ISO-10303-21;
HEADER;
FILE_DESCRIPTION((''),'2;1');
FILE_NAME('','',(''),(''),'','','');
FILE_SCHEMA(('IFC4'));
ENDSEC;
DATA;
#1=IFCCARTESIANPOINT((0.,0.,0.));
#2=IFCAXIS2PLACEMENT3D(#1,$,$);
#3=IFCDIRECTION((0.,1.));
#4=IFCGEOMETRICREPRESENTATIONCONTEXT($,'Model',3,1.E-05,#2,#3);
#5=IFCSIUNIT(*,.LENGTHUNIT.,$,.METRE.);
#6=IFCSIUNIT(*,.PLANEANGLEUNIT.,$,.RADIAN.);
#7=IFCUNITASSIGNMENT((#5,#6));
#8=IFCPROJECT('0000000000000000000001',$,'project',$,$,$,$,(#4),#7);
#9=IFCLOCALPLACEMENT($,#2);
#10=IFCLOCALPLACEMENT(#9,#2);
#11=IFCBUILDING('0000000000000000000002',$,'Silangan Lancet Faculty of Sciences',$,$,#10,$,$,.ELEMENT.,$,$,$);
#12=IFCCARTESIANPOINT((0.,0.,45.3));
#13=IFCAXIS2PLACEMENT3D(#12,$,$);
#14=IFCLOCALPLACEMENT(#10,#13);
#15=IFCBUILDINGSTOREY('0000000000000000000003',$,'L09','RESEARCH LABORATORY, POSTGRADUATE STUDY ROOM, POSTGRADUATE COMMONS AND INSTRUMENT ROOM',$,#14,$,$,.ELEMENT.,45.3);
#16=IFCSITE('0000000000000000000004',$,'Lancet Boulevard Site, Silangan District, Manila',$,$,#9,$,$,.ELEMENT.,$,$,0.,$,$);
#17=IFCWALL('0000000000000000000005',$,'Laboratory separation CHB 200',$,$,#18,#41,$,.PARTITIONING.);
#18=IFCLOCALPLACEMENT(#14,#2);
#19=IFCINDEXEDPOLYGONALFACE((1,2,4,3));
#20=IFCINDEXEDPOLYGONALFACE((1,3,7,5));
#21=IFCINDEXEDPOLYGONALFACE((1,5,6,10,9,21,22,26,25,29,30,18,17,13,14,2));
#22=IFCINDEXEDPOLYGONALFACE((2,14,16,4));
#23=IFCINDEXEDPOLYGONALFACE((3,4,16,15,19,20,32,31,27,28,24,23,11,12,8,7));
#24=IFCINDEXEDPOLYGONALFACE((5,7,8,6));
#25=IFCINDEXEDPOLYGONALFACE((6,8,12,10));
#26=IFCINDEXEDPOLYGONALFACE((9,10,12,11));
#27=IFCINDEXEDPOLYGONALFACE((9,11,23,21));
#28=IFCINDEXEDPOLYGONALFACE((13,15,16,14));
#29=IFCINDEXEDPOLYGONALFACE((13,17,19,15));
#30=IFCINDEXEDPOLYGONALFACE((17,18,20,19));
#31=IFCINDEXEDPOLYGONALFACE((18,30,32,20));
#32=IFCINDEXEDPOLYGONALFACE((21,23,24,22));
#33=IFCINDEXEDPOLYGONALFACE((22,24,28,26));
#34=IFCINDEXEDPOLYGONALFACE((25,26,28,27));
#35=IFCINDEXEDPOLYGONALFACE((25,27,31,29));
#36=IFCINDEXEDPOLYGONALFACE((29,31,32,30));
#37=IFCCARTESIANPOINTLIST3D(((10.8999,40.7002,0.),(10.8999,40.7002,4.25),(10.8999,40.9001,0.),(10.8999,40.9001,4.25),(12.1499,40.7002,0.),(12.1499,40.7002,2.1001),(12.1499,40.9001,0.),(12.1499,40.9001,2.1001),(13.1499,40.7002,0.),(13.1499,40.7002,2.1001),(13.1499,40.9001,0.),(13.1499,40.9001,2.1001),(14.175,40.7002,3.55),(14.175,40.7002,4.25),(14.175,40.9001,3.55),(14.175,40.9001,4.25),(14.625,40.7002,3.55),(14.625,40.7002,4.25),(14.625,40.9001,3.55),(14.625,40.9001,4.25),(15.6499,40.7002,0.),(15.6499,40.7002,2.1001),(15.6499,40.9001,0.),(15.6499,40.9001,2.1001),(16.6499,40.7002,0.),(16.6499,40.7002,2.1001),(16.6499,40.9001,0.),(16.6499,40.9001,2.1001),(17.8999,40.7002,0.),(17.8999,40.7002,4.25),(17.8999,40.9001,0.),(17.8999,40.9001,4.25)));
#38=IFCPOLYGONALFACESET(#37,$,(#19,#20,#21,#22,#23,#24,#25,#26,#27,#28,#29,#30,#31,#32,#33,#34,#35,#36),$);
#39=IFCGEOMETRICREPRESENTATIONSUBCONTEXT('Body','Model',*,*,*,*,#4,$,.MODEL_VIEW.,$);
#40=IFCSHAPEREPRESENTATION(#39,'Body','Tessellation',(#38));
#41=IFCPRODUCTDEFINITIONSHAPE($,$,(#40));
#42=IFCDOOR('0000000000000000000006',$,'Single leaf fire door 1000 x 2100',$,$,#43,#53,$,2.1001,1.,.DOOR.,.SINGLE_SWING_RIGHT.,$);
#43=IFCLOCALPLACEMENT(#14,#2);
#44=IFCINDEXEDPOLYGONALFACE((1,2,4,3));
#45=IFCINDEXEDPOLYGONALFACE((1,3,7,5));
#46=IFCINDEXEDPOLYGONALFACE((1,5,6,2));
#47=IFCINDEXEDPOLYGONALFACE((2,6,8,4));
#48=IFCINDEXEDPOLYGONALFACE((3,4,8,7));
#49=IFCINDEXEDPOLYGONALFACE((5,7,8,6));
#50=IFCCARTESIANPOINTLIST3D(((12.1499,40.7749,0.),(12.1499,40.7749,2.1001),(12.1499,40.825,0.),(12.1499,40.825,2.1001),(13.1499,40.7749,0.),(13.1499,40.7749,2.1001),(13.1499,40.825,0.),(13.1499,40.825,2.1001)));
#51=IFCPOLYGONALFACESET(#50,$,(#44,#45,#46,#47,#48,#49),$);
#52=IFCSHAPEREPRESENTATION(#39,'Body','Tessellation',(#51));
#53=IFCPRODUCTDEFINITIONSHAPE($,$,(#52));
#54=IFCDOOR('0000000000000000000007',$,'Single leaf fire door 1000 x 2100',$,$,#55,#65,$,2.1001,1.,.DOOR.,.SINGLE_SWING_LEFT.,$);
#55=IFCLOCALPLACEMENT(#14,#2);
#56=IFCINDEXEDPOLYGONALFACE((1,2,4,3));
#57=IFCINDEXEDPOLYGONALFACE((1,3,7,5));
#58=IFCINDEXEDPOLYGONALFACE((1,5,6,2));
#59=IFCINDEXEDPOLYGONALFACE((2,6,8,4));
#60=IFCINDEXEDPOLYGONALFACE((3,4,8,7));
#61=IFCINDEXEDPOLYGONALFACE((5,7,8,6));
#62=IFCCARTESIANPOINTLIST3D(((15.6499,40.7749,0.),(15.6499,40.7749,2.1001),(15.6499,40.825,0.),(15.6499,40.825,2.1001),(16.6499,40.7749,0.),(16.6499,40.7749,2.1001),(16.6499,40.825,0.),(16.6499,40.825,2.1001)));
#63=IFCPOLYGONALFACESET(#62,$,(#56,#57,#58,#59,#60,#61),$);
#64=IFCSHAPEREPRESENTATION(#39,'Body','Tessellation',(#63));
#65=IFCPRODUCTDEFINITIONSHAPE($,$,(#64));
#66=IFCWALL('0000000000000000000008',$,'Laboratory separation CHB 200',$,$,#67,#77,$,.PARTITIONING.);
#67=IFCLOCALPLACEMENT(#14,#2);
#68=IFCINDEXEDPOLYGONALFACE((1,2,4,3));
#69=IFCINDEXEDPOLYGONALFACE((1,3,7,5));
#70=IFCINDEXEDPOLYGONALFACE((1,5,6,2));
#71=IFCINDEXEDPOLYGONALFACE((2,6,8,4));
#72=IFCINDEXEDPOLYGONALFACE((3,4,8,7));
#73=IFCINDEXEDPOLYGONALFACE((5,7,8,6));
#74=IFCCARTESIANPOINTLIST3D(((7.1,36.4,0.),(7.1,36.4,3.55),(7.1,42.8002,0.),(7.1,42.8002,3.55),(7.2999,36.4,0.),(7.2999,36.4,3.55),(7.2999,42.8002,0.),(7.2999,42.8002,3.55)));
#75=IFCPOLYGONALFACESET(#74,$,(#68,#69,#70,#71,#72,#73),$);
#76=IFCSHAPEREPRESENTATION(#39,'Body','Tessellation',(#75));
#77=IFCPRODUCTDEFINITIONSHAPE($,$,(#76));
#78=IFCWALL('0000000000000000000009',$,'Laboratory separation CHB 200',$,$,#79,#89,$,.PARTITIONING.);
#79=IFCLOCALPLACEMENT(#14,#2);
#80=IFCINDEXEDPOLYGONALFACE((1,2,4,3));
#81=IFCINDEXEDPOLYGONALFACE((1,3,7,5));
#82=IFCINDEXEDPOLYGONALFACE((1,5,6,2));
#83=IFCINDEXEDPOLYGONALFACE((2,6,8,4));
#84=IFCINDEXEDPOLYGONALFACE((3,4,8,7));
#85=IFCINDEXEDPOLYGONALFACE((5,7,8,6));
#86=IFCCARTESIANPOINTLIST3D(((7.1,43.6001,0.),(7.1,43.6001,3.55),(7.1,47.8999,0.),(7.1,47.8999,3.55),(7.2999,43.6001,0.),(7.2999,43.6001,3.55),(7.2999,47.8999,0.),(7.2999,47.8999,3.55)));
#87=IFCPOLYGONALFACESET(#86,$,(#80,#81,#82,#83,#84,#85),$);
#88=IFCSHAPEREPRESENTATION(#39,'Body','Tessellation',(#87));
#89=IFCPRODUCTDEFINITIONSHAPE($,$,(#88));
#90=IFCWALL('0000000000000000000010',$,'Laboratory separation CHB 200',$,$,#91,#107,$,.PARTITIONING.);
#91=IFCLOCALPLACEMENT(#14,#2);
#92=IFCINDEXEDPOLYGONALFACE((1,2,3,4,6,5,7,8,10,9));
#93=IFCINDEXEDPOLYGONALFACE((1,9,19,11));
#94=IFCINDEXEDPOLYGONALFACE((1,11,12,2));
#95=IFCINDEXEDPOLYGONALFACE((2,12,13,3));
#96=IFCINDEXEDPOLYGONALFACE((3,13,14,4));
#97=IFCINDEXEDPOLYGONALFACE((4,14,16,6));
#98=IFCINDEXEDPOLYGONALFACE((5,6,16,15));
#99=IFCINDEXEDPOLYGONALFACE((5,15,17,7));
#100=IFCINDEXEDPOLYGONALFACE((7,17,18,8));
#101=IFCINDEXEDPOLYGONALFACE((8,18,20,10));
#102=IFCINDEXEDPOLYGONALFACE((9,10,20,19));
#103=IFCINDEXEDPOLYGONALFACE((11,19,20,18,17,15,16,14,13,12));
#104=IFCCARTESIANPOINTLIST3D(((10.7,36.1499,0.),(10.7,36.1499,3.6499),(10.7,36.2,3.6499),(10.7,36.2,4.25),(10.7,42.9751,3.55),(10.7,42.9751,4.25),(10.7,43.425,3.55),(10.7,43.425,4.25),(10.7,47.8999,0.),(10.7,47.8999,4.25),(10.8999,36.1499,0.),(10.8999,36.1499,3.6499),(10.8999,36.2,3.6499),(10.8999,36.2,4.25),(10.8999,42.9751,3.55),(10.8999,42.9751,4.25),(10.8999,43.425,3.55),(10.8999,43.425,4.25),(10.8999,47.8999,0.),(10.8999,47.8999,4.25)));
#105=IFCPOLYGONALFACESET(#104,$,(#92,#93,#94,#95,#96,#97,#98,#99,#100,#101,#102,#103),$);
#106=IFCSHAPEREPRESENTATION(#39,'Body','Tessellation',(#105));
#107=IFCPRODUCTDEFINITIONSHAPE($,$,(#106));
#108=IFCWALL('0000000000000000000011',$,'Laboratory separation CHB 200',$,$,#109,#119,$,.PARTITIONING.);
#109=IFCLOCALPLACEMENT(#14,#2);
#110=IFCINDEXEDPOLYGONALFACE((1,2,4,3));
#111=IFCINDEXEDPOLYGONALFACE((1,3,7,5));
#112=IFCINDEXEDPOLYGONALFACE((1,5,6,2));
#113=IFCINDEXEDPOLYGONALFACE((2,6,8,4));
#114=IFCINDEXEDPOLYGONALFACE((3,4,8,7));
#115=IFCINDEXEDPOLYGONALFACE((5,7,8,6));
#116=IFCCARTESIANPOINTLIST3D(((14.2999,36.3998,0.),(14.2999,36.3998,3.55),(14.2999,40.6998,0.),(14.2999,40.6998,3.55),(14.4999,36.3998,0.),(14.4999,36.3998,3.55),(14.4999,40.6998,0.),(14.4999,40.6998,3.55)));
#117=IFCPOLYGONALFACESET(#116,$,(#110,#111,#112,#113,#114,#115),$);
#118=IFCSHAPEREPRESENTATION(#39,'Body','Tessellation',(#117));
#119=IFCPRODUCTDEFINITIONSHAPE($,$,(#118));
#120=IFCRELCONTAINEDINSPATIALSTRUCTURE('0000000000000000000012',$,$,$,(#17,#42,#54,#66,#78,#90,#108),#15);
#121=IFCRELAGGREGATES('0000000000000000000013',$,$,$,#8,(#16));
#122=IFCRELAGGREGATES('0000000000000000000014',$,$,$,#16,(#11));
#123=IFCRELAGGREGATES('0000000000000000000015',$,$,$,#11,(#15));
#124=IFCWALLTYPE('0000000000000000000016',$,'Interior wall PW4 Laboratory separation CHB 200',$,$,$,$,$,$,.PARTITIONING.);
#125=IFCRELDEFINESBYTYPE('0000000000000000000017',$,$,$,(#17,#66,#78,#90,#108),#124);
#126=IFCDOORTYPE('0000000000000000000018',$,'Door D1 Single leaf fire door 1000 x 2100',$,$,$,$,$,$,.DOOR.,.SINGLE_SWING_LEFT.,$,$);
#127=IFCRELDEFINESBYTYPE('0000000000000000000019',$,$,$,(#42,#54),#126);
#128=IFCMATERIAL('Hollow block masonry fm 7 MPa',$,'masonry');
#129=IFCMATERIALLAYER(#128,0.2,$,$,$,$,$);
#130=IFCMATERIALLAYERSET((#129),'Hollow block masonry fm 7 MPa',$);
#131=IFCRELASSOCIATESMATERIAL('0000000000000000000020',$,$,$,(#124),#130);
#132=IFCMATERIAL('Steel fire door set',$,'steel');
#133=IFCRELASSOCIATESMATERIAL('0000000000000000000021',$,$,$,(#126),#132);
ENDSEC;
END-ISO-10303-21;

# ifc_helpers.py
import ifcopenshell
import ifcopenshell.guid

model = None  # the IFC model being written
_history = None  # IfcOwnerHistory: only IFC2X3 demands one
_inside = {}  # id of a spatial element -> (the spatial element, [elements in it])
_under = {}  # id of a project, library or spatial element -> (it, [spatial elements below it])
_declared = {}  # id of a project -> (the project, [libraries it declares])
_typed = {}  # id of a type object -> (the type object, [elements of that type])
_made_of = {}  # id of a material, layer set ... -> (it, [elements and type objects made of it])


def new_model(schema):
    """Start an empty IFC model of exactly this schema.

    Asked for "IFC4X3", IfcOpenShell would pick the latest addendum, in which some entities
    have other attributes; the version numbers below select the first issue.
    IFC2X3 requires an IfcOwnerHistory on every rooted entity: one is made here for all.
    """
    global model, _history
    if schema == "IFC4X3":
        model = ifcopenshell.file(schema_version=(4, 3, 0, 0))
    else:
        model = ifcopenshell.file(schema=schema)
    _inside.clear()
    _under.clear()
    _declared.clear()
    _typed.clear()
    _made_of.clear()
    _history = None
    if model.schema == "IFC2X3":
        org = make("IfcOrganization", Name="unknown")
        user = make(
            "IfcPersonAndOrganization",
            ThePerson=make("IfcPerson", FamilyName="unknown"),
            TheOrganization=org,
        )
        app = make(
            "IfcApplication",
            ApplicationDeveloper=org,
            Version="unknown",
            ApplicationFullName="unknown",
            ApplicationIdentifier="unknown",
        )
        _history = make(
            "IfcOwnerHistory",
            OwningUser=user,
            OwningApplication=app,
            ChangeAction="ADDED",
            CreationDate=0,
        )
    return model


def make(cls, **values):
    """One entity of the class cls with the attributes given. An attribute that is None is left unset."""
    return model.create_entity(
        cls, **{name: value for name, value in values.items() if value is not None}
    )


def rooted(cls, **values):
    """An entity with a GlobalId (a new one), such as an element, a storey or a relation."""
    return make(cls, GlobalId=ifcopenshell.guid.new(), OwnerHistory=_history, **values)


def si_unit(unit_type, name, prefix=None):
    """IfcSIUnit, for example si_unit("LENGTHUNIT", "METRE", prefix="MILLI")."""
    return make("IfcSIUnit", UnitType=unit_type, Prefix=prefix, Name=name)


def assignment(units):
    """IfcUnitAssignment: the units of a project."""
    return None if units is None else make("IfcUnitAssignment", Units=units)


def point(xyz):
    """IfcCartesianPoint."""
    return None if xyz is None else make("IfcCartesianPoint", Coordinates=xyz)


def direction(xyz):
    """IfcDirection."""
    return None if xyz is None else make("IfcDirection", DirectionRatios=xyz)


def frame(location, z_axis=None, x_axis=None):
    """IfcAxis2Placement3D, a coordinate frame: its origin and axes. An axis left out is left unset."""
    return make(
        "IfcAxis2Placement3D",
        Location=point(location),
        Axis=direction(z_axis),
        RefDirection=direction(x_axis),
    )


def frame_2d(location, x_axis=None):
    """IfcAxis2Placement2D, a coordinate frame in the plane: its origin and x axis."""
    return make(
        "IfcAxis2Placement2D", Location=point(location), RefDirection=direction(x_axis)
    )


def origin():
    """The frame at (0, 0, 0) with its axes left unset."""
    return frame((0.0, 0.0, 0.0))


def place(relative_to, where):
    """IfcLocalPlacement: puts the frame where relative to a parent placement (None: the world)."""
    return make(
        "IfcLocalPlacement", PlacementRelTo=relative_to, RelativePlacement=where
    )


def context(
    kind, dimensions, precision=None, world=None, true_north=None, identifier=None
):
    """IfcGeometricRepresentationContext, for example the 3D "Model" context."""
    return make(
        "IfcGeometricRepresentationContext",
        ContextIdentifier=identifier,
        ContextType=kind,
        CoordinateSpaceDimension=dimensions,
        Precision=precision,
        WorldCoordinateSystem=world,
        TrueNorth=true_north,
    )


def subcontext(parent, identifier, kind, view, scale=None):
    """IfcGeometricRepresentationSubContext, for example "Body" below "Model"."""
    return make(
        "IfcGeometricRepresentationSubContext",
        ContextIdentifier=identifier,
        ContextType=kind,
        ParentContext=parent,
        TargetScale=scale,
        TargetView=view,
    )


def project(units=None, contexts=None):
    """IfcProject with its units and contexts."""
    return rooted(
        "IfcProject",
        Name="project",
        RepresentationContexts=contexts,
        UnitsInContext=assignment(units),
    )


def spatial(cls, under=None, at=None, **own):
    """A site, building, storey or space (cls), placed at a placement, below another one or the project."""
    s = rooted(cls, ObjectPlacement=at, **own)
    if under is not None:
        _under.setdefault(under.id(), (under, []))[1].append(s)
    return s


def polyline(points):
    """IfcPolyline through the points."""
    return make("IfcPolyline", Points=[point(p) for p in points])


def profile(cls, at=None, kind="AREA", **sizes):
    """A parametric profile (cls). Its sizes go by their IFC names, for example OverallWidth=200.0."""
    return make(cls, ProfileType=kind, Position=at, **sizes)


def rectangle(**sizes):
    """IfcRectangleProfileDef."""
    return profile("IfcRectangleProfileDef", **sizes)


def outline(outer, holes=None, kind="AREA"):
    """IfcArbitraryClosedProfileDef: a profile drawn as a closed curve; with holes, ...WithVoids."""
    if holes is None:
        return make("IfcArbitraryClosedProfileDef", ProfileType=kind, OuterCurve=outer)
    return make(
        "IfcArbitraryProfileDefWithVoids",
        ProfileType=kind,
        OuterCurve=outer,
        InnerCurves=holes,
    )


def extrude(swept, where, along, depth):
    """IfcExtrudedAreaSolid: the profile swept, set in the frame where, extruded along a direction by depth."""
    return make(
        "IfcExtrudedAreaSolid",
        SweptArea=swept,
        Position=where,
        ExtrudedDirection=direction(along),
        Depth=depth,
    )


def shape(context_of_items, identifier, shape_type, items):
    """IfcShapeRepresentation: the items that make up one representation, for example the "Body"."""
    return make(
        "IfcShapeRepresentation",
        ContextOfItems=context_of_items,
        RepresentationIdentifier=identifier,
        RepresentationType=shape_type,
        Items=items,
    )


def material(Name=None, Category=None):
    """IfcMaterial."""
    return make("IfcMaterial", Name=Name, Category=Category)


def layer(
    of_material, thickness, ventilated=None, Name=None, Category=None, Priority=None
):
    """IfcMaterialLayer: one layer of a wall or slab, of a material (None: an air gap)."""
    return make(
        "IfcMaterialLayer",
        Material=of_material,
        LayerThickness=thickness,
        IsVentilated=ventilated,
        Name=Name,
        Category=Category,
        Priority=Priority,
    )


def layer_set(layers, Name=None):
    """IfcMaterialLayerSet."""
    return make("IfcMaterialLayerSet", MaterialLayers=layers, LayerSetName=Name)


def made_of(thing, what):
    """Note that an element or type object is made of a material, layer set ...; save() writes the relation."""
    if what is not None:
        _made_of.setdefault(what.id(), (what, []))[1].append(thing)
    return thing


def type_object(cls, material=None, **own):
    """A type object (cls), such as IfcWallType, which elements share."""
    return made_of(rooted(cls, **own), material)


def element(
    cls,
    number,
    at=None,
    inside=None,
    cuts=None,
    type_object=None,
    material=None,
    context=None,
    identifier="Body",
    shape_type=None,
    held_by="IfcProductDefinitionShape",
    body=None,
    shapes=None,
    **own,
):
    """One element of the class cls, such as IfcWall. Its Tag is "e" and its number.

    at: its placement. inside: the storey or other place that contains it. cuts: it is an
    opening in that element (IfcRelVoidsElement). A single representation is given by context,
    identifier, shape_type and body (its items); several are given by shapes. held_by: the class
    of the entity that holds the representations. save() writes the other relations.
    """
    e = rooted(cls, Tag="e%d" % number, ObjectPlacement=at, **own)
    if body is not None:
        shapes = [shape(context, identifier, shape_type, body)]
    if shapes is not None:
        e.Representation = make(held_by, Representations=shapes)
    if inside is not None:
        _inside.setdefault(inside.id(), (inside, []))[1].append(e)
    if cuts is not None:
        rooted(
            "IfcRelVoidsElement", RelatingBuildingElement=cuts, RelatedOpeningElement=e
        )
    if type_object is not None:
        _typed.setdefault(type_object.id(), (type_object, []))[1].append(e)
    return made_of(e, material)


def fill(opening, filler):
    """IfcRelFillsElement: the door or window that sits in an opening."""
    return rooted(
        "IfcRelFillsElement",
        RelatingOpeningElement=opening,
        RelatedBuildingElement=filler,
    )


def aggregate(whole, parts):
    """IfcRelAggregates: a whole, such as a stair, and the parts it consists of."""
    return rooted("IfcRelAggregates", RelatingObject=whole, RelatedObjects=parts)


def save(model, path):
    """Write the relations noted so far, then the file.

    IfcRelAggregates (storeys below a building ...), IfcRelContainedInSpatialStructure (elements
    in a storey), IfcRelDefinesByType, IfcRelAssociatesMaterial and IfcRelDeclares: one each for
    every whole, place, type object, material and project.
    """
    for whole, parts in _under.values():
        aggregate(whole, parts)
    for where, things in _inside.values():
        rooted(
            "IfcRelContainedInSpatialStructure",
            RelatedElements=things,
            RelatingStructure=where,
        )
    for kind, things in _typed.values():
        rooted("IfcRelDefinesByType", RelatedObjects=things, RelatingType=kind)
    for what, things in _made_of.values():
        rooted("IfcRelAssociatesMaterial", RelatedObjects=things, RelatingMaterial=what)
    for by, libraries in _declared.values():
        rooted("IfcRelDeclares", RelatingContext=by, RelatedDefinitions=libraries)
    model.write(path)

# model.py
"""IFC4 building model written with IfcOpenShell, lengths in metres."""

from ifc_helpers import new_model, si_unit, direction, frame, frame_2d, origin, place, context, subcontext, project, spatial, polyline, rectangle, outline, extrude, material, layer, layer_set, type_object, element, fill, save


model = new_model("IFC4")

# Units and contexts
model_context = context("Model", 3, precision=1e-05, world=origin(), true_north=direction((0.0, 1.0)))
body_context = subcontext(model_context, "Body", "Model", "MODEL_VIEW")
ifc_project = project(units=[si_unit("LENGTHUNIT", "METRE"), si_unit("PLANEANGLEUNIT", "RADIAN")], contexts=[model_context])

# Site, building, storey
site_placement = place(None, origin())
site = spatial("IfcSite", under=ifc_project, at=site_placement, Name="Lancet Boulevard Site, Silangan District, Manila", CompositionType="ELEMENT", RefElevation=0.0)
building_placement = place(site_placement, origin())
building = spatial("IfcBuilding", under=site, at=building_placement, Name="Silangan Lancet Faculty of Sciences", CompositionType="ELEMENT")
storey_placement = place(building_placement, frame((0.0, 0.0, 45.3)))
storey = spatial("IfcBuildingStorey", under=building, at=storey_placement, Name="L09", Description="RESEARCH LABORATORY, POSTGRADUATE STUDY ROOM, POSTGRADUATE COMMONS AND INSTRUMENT ROOM", CompositionType="ELEMENT", Elevation=45.3)

# Shared definitions
ifc_material_1 = material(Name="Hollow block masonry fm 7 MPa", Category="masonry")
ifc_layer_1 = layer(ifc_material_1, 0.2)
ifc_layer_set_1 = layer_set([ifc_layer_1], Name="Hollow block masonry fm 7 MPa")
wall_type_1 = type_object("IfcWallType", Name="Interior wall PW4 Laboratory separation CHB 200", PredefinedType="PARTITIONING", material=ifc_layer_set_1)
ifc_material_2 = material(Name="Steel fire door set", Category="steel")
door_type = type_object("IfcDoorType", Name="Door D1 Single leaf fire door 1000 x 2100", OperationType="SINGLE_SWING_LEFT", PredefinedType="DOOR", material=ifc_material_2)

# Wall, openings, doors
wall_1_placement = place(storey_placement, frame((10.8999, 40.8, 0.0), z_axis=(0.0, 0.0, 1.0), x_axis=(1.0, 0.0, 0.0)))
wall_1 = element("IfcWall", 1, at=wall_1_placement, inside=storey, type_object=wall_type_1, Name="Laboratory separation CHB 200", PredefinedType="PARTITIONING", context=body_context, shape_type="SweptSolid", body=[
    extrude(outline(polyline([(0.0, 0.0), (7.0, 0.0), (7.0, 4.25), (3.7251, 4.25), (3.7251, 3.55), (3.2751, 3.55), (3.2751, 4.25), (0.0, 4.25), (0.0, 0.0)])), frame((0.0, 0.1001, 0.0), z_axis=(0.0, -1.0, 0.0), x_axis=(1.0, 0.0, 0.0)), (0.0, 0.0, 1.0), 0.2),
])
opening_1_placement = place(wall_1_placement, frame((1.25, 0.0, 0.0)))
opening_1 = element("IfcOpeningElement", 2, at=opening_1_placement, cuts=wall_1, PredefinedType="OPENING", context=body_context, shape_type="SweptSolid", body=[
    extrude(rectangle(XDim=1.0, YDim=2.1001, at=frame_2d((0.5, 1.05))), frame((0.0, 0.1099, 0.0), z_axis=(0.0, -1.0, 0.0), x_axis=(1.0, 0.0, 0.0)), (0.0, 0.0, 1.0), 0.22),
])
opening_2_placement = place(wall_1_placement, frame((4.75, 0.0, 0.0)))
opening_2 = element("IfcOpeningElement", 3, at=opening_2_placement, cuts=wall_1, PredefinedType="OPENING", context=body_context, shape_type="SweptSolid", body=[
    extrude(rectangle(XDim=1.0, YDim=2.1001, at=frame_2d((0.5, 1.05))), frame((0.0, 0.1099, 0.0), z_axis=(0.0, -1.0, 0.0), x_axis=(1.0, 0.0, 0.0)), (0.0, 0.0, 1.0), 0.22),
])
door_1_placement = place(opening_1_placement, frame((1.0, 0.0, 0.0), z_axis=(0.0, 0.0, 1.0), x_axis=(-1.0, 0.0, 0.0)))
door_1 = element("IfcDoor", 4, at=door_1_placement, inside=storey, type_object=door_type, Name="Single leaf fire door 1000 x 2100", OperationType="SINGLE_SWING_RIGHT", OverallHeight=2.1001, OverallWidth=1.0, PredefinedType="DOOR", context=body_context, shape_type="SweptSolid", body=[
    extrude(rectangle(XDim=1.0, YDim=2.1001, at=frame_2d((0.5, 1.05))), frame((0.0, 0.0251, 0.0), z_axis=(0.0, -1.0, 0.0), x_axis=(1.0, 0.0, 0.0)), (0.0, 0.0, 1.0), 0.05),
])
fill(opening_1, door_1)
door_2_placement = place(opening_2_placement, frame((1.0, 0.0, 0.0), z_axis=(0.0, 0.0, 1.0), x_axis=(-1.0, 0.0, 0.0)))
door_2 = element("IfcDoor", 5, at=door_2_placement, inside=storey, type_object=door_type, Name="Single leaf fire door 1000 x 2100", OperationType="SINGLE_SWING_LEFT", OverallHeight=2.1001, OverallWidth=1.0, PredefinedType="DOOR", context=body_context, shape_type="SweptSolid", body=[
    extrude(rectangle(XDim=1.0, YDim=2.1001, at=frame_2d((0.5, 1.05))), frame((0.0, 0.0251, 0.0), z_axis=(0.0, -1.0, 0.0), x_axis=(1.0, 0.0, 0.0)), (0.0, 0.0, 1.0), 0.05),
])
fill(opening_2, door_2)

# Walls
wall_2_placement = place(storey_placement, frame((7.2, 36.3999, 0.0), z_axis=(0.0, 0.0, 1.0), x_axis=(0.0, 1.0, 0.0)))
element("IfcWall", 6, at=wall_2_placement, inside=storey, type_object=wall_type_1, Name="Laboratory separation CHB 200", PredefinedType="PARTITIONING", context=body_context, shape_type="SweptSolid", body=[
    extrude(rectangle(XDim=6.4001, YDim=0.2, at=frame_2d((3.2002, 0.0))), origin(), (0.0, 0.0, 1.0), 3.55),
])
wall_3_placement = place(storey_placement, frame((7.2, 43.6001, 0.0), z_axis=(0.0, 0.0, 1.0), x_axis=(0.0, 1.0, 0.0)))
element("IfcWall", 7, at=wall_3_placement, inside=storey, type_object=wall_type_1, Name="Laboratory separation CHB 200", PredefinedType="PARTITIONING", context=body_context, shape_type="SweptSolid", body=[
    extrude(rectangle(XDim=4.2998, YDim=0.2, at=frame_2d((2.1499, 0.0))), origin(), (0.0, 0.0, 1.0), 3.55),
])
wall_4_placement = place(storey_placement, frame((10.8, 36.1499, 0.0), z_axis=(0.0, 0.0, 1.0), x_axis=(0.0, 1.0, 0.0)))
element("IfcWall", 8, at=wall_4_placement, inside=storey, type_object=wall_type_1, Name="Laboratory separation CHB 200", PredefinedType="PARTITIONING", context=body_context, shape_type="SweptSolid", body=[
    extrude(outline(polyline([(0.0, 0.0), (11.75, 0.0), (11.75, 4.25), (7.2751, 4.25), (7.2751, 3.55), (6.8252, 3.55), (6.8252, 4.25), (0.05, 4.25), (0.05, 3.6499), (0.0, 3.6499), (0.0, 0.0)])), frame((0.0, 0.1001, 0.0), z_axis=(0.0, -1.0, 0.0), x_axis=(1.0, 0.0, 0.0)), (0.0, 0.0, 1.0), 0.2),
])
wall_5_placement = place(storey_placement, frame((14.3999, 36.3999, 0.0), z_axis=(0.0, 0.0, 1.0), x_axis=(0.0, 1.0, 0.0)))
element("IfcWall", 9, at=wall_5_placement, inside=storey, type_object=wall_type_1, Name="Laboratory separation CHB 200", PredefinedType="PARTITIONING", context=body_context, shape_type="SweptSolid", body=[
    extrude(rectangle(XDim=4.3, YDim=0.2, at=frame_2d((2.1499, 0.0))), origin(), (0.0, 0.0, 1.0), 3.55),
])

save(model, "model.ifc")
